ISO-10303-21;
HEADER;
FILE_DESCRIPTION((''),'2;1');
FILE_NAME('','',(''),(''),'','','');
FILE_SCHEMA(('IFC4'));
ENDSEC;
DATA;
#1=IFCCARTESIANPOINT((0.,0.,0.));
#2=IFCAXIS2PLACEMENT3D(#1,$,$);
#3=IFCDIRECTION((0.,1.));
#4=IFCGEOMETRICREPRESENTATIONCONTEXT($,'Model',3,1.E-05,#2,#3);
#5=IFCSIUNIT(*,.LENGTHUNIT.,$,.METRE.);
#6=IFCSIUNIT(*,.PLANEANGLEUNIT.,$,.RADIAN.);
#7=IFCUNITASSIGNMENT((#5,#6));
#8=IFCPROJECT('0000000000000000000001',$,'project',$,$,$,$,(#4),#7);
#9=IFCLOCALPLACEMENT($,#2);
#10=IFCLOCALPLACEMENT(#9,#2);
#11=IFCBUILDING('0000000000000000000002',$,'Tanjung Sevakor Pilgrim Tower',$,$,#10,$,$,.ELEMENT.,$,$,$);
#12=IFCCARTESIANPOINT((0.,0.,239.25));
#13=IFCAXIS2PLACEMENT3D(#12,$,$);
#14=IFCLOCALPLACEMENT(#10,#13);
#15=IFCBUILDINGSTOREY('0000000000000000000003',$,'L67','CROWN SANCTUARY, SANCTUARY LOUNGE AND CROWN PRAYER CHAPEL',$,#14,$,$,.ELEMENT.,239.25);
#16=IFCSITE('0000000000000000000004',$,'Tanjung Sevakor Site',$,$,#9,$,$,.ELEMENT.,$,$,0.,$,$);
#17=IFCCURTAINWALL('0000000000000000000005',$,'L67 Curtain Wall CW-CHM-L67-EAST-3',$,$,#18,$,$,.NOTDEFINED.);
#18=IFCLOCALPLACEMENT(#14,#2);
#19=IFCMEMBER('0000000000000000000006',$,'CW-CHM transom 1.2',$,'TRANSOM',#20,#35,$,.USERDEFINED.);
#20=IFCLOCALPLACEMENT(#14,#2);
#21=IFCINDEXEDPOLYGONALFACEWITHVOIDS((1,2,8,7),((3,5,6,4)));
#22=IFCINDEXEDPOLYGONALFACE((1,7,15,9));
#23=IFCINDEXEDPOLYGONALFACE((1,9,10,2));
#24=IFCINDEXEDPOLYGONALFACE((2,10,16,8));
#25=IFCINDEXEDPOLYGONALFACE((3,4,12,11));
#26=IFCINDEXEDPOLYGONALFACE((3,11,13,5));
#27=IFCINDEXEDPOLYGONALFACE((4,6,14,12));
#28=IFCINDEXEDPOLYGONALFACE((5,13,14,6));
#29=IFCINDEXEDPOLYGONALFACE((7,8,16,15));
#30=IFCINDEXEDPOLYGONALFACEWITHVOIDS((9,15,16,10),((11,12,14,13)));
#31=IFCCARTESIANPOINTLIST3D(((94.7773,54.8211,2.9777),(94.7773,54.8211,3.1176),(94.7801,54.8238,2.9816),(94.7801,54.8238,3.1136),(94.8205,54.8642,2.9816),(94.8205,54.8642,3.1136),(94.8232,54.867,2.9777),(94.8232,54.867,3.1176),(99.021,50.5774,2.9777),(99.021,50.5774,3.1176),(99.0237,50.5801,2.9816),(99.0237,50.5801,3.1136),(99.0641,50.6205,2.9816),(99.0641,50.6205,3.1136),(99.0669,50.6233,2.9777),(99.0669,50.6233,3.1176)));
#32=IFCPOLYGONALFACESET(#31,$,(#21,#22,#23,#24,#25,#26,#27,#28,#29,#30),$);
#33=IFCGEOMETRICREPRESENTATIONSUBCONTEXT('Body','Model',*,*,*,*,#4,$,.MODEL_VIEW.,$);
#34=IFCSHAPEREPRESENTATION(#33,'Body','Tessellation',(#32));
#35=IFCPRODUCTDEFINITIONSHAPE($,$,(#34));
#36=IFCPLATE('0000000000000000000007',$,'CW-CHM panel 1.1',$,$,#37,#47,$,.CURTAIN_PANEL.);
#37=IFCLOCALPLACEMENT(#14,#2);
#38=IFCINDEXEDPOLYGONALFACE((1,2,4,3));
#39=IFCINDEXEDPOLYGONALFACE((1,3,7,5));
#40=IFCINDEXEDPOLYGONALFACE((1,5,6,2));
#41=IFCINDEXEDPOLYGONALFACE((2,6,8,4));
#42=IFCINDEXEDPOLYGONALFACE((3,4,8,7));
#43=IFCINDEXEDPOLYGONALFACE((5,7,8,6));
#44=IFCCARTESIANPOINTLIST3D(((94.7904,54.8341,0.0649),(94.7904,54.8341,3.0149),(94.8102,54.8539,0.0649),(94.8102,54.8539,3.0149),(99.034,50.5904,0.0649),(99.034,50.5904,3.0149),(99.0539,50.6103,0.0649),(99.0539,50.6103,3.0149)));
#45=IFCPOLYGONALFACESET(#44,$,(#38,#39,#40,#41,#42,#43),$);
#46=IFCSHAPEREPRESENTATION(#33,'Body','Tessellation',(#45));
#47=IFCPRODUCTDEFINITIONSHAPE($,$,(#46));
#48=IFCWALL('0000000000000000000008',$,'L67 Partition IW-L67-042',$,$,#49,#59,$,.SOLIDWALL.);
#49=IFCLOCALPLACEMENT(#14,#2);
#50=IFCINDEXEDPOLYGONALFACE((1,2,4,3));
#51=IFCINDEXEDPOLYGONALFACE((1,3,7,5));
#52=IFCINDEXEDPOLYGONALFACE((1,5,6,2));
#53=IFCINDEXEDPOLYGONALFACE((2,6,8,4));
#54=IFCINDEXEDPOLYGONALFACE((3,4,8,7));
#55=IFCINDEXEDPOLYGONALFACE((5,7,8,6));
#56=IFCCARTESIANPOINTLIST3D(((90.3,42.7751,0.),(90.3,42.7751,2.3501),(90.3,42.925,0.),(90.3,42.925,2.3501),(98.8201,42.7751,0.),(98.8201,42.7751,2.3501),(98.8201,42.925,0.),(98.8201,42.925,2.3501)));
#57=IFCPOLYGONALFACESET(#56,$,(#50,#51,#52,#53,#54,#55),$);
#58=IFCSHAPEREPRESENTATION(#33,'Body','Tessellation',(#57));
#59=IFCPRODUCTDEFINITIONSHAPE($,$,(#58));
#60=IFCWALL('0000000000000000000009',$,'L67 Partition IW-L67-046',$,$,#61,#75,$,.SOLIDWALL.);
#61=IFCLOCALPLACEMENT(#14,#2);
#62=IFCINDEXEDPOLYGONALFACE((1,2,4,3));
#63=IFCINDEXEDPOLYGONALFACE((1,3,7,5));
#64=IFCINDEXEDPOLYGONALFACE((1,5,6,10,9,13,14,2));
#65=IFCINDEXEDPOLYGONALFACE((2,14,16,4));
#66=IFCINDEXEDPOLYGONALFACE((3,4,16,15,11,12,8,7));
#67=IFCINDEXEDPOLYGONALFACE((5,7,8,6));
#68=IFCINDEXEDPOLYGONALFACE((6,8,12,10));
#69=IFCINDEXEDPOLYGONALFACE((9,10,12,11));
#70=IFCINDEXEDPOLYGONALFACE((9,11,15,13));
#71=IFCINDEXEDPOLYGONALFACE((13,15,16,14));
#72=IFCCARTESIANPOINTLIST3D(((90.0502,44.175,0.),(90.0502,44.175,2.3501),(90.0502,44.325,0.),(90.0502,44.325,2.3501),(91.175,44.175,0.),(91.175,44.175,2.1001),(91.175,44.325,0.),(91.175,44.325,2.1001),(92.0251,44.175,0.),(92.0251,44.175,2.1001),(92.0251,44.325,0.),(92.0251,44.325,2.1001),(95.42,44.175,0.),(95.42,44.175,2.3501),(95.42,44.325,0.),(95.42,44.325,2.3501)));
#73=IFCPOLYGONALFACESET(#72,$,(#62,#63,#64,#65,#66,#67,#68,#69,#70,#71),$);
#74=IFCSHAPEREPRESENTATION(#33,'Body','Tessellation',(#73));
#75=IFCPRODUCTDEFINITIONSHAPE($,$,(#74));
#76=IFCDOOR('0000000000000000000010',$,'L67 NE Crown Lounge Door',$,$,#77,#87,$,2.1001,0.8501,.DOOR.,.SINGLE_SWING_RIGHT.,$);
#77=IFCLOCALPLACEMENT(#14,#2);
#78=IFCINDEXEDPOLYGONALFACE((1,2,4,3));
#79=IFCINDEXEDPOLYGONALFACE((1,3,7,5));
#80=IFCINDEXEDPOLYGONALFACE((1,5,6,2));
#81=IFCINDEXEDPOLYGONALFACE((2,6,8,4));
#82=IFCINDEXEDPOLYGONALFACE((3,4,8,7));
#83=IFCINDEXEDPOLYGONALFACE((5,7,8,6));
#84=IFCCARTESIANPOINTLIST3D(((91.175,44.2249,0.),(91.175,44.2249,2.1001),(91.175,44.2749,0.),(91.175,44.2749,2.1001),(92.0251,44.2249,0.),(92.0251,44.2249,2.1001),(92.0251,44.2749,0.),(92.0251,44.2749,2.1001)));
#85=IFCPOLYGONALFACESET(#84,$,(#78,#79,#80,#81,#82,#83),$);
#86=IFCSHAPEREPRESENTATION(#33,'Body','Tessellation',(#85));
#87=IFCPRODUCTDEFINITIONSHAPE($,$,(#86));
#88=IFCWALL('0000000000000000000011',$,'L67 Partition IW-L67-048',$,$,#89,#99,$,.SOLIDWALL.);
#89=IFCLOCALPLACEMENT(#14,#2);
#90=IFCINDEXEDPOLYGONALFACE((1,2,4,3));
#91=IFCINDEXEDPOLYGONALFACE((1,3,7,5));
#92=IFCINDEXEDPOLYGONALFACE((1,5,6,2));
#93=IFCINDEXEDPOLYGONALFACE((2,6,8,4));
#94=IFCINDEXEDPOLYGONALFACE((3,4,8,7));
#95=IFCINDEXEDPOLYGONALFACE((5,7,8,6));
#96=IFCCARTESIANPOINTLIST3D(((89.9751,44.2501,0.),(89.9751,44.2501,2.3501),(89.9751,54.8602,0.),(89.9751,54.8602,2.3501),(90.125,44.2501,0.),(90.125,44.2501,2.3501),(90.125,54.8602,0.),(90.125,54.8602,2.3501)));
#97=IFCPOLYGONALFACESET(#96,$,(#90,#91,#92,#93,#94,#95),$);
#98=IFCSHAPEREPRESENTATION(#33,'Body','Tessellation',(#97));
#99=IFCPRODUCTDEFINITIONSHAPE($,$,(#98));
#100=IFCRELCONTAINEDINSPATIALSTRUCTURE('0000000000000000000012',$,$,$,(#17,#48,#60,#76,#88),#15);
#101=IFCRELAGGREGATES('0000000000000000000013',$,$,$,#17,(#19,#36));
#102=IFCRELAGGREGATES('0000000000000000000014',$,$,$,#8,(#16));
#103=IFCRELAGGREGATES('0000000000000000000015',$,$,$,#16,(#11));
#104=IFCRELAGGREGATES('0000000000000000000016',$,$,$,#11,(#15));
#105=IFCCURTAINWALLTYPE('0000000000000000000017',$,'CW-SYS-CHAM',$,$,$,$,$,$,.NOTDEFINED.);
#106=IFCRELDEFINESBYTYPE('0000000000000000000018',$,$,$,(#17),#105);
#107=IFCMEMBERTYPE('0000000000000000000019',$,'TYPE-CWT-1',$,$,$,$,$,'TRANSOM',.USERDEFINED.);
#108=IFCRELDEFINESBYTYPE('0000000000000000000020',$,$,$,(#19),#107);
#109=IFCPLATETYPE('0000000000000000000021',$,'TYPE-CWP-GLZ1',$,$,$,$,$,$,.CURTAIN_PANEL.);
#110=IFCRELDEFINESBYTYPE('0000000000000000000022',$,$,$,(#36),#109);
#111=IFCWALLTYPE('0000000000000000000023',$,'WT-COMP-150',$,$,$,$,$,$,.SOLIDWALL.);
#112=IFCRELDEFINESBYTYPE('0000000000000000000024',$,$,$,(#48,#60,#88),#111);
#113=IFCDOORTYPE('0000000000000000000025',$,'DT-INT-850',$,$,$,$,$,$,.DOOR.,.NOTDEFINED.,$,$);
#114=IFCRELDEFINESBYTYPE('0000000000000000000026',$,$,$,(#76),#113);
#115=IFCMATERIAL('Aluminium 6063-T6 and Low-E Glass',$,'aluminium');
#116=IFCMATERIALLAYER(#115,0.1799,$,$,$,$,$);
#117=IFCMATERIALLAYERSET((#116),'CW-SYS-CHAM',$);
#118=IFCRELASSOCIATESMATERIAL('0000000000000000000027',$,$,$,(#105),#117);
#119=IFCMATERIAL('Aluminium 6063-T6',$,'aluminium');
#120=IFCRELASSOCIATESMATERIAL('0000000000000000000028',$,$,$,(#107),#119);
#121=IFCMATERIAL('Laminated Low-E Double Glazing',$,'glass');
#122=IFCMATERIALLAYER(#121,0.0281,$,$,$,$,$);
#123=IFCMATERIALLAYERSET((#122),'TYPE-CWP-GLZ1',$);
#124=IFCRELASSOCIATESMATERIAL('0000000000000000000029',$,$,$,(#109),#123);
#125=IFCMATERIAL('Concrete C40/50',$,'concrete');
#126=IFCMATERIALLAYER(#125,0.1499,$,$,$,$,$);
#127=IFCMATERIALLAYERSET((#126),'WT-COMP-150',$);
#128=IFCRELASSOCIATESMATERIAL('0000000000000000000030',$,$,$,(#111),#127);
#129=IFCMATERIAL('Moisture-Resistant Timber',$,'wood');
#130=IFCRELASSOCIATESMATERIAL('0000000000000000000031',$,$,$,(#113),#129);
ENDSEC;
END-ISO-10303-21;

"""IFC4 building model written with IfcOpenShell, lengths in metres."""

from ifc_helpers import new_model, si_unit, direction, frame, frame_2d, origin, origin_2d, place, context, subcontext, project, spatial, rectangle, hollow_rectangle, extrude, material, layer, layer_set, material_profile, profile_set, type_object, element, fill, aggregate, save


model = new_model("IFC4")

# Units and contexts
model_context = context("Model", 3, precision=1e-05, world=origin(), true_north=direction((0.0, 1.0)))
body_context = subcontext(model_context, "Body", "Model", "MODEL_VIEW")
ifc_project = project(units=[si_unit("LENGTHUNIT", "METRE"), si_unit("PLANEANGLEUNIT", "RADIAN")], contexts=[model_context])

# Site, building, storey
site_placement = place(None, origin())
site = spatial("IfcSite", under=ifc_project, at=site_placement, Name="Tanjung Sevakor Site", CompositionType="ELEMENT", RefElevation=0.0)
building_placement = place(site_placement, origin())
building = spatial("IfcBuilding", under=site, at=building_placement, Name="Tanjung Sevakor Pilgrim Tower", CompositionType="ELEMENT")
storey_placement = place(building_placement, frame((0.0, 0.0, 239.25)))
storey = spatial("IfcBuildingStorey", under=building, at=storey_placement, Name="L67", Description="CROWN SANCTUARY, SANCTUARY LOUNGE AND CROWN PRAYER CHAPEL", CompositionType="ELEMENT", Elevation=239.25)

# Curtain wall, member, plate
ifc_material_1 = material(Name="Aluminium 6063-T6 and Low-E Glass", Category="aluminium")
ifc_layer_1 = layer(ifc_material_1, 0.1799)
ifc_layer_set_1 = layer_set([ifc_layer_1], Name="CW-SYS-CHAM")
curtain_wall_type = type_object("IfcCurtainWallType", Name="CW-SYS-CHAM", PredefinedType="NOTDEFINED", material=ifc_layer_set_1)
curtain_wall_placement = place(storey_placement, origin())
curtain_wall = element("IfcCurtainWall", 1, at=curtain_wall_placement, inside=storey, type_object=curtain_wall_type, Name="L67 Curtain Wall CW-CHM-L67-EAST-3", PredefinedType="NOTDEFINED")
ifc_material_2 = material(Name="Aluminium 6063-T6", Category="aluminium")
ifc_material_profile_1 = material_profile(ifc_material_2, hollow_rectangle(XDim=0.0649, YDim=0.1399, WallThickness=0.0039, at=origin_2d()))
ifc_profile_set_1 = profile_set([ifc_material_profile_1], Name="Aluminium 6063-T6")
member_type_1 = type_object("IfcMemberType", Name="TYPE-CWT-1", ElementType="TRANSOM", PredefinedType="USERDEFINED", material=ifc_profile_set_1)
member_1_placement = place(storey_placement, frame((99.0439, 50.6003, 3.0476), z_axis=(-0.707107, 0.707107, 0.0), x_axis=(-0.707107, -0.707107, 0.0)))
member_1 = element("IfcMember", 2, at=member_1_placement, type_object=member_type_1, Name="CW-CHM transom 1.2", ObjectType="TRANSOM", PredefinedType="USERDEFINED", context=body_context, shape_type="SweptSolid", body=[
    extrude(hollow_rectangle(XDim=0.0649, YDim=0.1399, WallThickness=0.0039, at=origin_2d()), origin(), (0.0, 0.0, 1.0), 6.0015),
])
ifc_material_3 = material(Name="Laminated Low-E Double Glazing", Category="glass")
ifc_layer_2 = layer(ifc_material_3, 0.0281)
ifc_layer_set_2 = layer_set([ifc_layer_2], Name="TYPE-CWP-GLZ1")
plate_type = type_object("IfcPlateType", Name="TYPE-CWP-GLZ1", PredefinedType="CURTAIN_PANEL", material=ifc_layer_set_2)
plate_placement = place(storey_placement, frame((96.9221, 52.7222, 0.0649), z_axis=(0.0, 0.0, 1.0), x_axis=(-0.707107, 0.707107, 0.0)))
plate = element("IfcPlate", 3, at=plate_placement, type_object=plate_type, Name="CW-CHM panel 1.1", PredefinedType="CURTAIN_PANEL", context=body_context, shape_type="SweptSolid", body=[
    extrude(rectangle(XDim=6.0015, YDim=0.0281, at=origin_2d()), origin(), (0.0, 0.0, 1.0), 2.95),
])
aggregate(curtain_wall, [member_1, plate])

# Wall
ifc_material_4 = material(Name="Concrete C40/50", Category="concrete")
ifc_layer_3 = layer(ifc_material_4, 0.1499)
ifc_layer_set_3 = layer_set([ifc_layer_3], Name="WT-COMP-150")
wall_type_1 = type_object("IfcWallType", Name="WT-COMP-150", PredefinedType="SOLIDWALL", material=ifc_layer_set_3)
wall_1_placement = place(storey_placement, frame((90.3, 42.8501, 0.0), z_axis=(0.0, 0.0, 1.0), x_axis=(1.0, 0.0, 0.0)))
element("IfcWall", 4, at=wall_1_placement, inside=storey, type_object=wall_type_1, Name="L67 Partition IW-L67-042", PredefinedType="SOLIDWALL", context=body_context, shape_type="SweptSolid", body=[
    extrude(rectangle(XDim=8.52, YDim=0.1499, at=frame_2d((4.26, 0.0))), origin(), (0.0, 0.0, 1.0), 2.3501),
])

# Wall, opening, door
wall_2_placement = place(storey_placement, frame((90.05, 44.25, 0.0), z_axis=(0.0, 0.0, 1.0), x_axis=(1.0, 0.0, 0.0)))
wall_2 = element("IfcWall", 5, at=wall_2_placement, inside=storey, type_object=wall_type_1, Name="L67 Partition IW-L67-046", PredefinedType="SOLIDWALL", context=body_context, shape_type="SweptSolid", body=[
    extrude(rectangle(XDim=5.3699, YDim=0.1499, at=frame_2d((2.6851, 0.0))), origin(), (0.0, 0.0, 1.0), 2.3501),
])
opening_1_placement = place(wall_2_placement, frame((1.125, 0.0, 0.0)))
opening_1 = element("IfcOpeningElement", 6, at=opening_1_placement, cuts=wall_2, PredefinedType="OPENING", context=body_context, shape_type="SweptSolid", body=[
    extrude(rectangle(XDim=0.8501, YDim=2.1001, at=frame_2d((0.425, 1.05))), frame((0.0, 0.085, 0.0), z_axis=(0.0, -1.0, 0.0), x_axis=(1.0, 0.0, 0.0)), (0.0, 0.0, 1.0), 0.1699),
])
ifc_material_5 = material(Name="Moisture-Resistant Timber", Category="wood")
door_type = type_object("IfcDoorType", Name="DT-INT-850", OperationType="NOTDEFINED", PredefinedType="DOOR", material=ifc_material_5)
door_placement = place(opening_1_placement, origin())
door = element("IfcDoor", 7, at=door_placement, inside=storey, type_object=door_type, Name="L67 NE Crown Lounge Door", OperationType="SINGLE_SWING_RIGHT", OverallHeight=2.1001, OverallWidth=0.8501, PredefinedType="DOOR", context=body_context, shape_type="SweptSolid", body=[
    extrude(rectangle(XDim=0.8501, YDim=2.1001, at=frame_2d((0.425, 1.05))), frame((0.0, 0.0249, 0.0), z_axis=(0.0, -1.0, 0.0), x_axis=(1.0, 0.0, 0.0)), (0.0, 0.0, 1.0), 0.05),
])
fill(opening_1, door)

# Wall
wall_3_placement = place(storey_placement, frame((90.05, 44.25, 0.0), z_axis=(0.0, 0.0, 1.0), x_axis=(0.0, 1.0, 0.0)))
element("IfcWall", 8, at=wall_3_placement, inside=storey, type_object=wall_type_1, Name="L67 Partition IW-L67-048", PredefinedType="SOLIDWALL", context=body_context, shape_type="SweptSolid", body=[
    extrude(rectangle(XDim=10.6101, YDim=0.1499, at=frame_2d((5.3052, 0.0))), origin(), (0.0, 0.0, 1.0), 2.3501),
])

save(model, "model.ifc")
